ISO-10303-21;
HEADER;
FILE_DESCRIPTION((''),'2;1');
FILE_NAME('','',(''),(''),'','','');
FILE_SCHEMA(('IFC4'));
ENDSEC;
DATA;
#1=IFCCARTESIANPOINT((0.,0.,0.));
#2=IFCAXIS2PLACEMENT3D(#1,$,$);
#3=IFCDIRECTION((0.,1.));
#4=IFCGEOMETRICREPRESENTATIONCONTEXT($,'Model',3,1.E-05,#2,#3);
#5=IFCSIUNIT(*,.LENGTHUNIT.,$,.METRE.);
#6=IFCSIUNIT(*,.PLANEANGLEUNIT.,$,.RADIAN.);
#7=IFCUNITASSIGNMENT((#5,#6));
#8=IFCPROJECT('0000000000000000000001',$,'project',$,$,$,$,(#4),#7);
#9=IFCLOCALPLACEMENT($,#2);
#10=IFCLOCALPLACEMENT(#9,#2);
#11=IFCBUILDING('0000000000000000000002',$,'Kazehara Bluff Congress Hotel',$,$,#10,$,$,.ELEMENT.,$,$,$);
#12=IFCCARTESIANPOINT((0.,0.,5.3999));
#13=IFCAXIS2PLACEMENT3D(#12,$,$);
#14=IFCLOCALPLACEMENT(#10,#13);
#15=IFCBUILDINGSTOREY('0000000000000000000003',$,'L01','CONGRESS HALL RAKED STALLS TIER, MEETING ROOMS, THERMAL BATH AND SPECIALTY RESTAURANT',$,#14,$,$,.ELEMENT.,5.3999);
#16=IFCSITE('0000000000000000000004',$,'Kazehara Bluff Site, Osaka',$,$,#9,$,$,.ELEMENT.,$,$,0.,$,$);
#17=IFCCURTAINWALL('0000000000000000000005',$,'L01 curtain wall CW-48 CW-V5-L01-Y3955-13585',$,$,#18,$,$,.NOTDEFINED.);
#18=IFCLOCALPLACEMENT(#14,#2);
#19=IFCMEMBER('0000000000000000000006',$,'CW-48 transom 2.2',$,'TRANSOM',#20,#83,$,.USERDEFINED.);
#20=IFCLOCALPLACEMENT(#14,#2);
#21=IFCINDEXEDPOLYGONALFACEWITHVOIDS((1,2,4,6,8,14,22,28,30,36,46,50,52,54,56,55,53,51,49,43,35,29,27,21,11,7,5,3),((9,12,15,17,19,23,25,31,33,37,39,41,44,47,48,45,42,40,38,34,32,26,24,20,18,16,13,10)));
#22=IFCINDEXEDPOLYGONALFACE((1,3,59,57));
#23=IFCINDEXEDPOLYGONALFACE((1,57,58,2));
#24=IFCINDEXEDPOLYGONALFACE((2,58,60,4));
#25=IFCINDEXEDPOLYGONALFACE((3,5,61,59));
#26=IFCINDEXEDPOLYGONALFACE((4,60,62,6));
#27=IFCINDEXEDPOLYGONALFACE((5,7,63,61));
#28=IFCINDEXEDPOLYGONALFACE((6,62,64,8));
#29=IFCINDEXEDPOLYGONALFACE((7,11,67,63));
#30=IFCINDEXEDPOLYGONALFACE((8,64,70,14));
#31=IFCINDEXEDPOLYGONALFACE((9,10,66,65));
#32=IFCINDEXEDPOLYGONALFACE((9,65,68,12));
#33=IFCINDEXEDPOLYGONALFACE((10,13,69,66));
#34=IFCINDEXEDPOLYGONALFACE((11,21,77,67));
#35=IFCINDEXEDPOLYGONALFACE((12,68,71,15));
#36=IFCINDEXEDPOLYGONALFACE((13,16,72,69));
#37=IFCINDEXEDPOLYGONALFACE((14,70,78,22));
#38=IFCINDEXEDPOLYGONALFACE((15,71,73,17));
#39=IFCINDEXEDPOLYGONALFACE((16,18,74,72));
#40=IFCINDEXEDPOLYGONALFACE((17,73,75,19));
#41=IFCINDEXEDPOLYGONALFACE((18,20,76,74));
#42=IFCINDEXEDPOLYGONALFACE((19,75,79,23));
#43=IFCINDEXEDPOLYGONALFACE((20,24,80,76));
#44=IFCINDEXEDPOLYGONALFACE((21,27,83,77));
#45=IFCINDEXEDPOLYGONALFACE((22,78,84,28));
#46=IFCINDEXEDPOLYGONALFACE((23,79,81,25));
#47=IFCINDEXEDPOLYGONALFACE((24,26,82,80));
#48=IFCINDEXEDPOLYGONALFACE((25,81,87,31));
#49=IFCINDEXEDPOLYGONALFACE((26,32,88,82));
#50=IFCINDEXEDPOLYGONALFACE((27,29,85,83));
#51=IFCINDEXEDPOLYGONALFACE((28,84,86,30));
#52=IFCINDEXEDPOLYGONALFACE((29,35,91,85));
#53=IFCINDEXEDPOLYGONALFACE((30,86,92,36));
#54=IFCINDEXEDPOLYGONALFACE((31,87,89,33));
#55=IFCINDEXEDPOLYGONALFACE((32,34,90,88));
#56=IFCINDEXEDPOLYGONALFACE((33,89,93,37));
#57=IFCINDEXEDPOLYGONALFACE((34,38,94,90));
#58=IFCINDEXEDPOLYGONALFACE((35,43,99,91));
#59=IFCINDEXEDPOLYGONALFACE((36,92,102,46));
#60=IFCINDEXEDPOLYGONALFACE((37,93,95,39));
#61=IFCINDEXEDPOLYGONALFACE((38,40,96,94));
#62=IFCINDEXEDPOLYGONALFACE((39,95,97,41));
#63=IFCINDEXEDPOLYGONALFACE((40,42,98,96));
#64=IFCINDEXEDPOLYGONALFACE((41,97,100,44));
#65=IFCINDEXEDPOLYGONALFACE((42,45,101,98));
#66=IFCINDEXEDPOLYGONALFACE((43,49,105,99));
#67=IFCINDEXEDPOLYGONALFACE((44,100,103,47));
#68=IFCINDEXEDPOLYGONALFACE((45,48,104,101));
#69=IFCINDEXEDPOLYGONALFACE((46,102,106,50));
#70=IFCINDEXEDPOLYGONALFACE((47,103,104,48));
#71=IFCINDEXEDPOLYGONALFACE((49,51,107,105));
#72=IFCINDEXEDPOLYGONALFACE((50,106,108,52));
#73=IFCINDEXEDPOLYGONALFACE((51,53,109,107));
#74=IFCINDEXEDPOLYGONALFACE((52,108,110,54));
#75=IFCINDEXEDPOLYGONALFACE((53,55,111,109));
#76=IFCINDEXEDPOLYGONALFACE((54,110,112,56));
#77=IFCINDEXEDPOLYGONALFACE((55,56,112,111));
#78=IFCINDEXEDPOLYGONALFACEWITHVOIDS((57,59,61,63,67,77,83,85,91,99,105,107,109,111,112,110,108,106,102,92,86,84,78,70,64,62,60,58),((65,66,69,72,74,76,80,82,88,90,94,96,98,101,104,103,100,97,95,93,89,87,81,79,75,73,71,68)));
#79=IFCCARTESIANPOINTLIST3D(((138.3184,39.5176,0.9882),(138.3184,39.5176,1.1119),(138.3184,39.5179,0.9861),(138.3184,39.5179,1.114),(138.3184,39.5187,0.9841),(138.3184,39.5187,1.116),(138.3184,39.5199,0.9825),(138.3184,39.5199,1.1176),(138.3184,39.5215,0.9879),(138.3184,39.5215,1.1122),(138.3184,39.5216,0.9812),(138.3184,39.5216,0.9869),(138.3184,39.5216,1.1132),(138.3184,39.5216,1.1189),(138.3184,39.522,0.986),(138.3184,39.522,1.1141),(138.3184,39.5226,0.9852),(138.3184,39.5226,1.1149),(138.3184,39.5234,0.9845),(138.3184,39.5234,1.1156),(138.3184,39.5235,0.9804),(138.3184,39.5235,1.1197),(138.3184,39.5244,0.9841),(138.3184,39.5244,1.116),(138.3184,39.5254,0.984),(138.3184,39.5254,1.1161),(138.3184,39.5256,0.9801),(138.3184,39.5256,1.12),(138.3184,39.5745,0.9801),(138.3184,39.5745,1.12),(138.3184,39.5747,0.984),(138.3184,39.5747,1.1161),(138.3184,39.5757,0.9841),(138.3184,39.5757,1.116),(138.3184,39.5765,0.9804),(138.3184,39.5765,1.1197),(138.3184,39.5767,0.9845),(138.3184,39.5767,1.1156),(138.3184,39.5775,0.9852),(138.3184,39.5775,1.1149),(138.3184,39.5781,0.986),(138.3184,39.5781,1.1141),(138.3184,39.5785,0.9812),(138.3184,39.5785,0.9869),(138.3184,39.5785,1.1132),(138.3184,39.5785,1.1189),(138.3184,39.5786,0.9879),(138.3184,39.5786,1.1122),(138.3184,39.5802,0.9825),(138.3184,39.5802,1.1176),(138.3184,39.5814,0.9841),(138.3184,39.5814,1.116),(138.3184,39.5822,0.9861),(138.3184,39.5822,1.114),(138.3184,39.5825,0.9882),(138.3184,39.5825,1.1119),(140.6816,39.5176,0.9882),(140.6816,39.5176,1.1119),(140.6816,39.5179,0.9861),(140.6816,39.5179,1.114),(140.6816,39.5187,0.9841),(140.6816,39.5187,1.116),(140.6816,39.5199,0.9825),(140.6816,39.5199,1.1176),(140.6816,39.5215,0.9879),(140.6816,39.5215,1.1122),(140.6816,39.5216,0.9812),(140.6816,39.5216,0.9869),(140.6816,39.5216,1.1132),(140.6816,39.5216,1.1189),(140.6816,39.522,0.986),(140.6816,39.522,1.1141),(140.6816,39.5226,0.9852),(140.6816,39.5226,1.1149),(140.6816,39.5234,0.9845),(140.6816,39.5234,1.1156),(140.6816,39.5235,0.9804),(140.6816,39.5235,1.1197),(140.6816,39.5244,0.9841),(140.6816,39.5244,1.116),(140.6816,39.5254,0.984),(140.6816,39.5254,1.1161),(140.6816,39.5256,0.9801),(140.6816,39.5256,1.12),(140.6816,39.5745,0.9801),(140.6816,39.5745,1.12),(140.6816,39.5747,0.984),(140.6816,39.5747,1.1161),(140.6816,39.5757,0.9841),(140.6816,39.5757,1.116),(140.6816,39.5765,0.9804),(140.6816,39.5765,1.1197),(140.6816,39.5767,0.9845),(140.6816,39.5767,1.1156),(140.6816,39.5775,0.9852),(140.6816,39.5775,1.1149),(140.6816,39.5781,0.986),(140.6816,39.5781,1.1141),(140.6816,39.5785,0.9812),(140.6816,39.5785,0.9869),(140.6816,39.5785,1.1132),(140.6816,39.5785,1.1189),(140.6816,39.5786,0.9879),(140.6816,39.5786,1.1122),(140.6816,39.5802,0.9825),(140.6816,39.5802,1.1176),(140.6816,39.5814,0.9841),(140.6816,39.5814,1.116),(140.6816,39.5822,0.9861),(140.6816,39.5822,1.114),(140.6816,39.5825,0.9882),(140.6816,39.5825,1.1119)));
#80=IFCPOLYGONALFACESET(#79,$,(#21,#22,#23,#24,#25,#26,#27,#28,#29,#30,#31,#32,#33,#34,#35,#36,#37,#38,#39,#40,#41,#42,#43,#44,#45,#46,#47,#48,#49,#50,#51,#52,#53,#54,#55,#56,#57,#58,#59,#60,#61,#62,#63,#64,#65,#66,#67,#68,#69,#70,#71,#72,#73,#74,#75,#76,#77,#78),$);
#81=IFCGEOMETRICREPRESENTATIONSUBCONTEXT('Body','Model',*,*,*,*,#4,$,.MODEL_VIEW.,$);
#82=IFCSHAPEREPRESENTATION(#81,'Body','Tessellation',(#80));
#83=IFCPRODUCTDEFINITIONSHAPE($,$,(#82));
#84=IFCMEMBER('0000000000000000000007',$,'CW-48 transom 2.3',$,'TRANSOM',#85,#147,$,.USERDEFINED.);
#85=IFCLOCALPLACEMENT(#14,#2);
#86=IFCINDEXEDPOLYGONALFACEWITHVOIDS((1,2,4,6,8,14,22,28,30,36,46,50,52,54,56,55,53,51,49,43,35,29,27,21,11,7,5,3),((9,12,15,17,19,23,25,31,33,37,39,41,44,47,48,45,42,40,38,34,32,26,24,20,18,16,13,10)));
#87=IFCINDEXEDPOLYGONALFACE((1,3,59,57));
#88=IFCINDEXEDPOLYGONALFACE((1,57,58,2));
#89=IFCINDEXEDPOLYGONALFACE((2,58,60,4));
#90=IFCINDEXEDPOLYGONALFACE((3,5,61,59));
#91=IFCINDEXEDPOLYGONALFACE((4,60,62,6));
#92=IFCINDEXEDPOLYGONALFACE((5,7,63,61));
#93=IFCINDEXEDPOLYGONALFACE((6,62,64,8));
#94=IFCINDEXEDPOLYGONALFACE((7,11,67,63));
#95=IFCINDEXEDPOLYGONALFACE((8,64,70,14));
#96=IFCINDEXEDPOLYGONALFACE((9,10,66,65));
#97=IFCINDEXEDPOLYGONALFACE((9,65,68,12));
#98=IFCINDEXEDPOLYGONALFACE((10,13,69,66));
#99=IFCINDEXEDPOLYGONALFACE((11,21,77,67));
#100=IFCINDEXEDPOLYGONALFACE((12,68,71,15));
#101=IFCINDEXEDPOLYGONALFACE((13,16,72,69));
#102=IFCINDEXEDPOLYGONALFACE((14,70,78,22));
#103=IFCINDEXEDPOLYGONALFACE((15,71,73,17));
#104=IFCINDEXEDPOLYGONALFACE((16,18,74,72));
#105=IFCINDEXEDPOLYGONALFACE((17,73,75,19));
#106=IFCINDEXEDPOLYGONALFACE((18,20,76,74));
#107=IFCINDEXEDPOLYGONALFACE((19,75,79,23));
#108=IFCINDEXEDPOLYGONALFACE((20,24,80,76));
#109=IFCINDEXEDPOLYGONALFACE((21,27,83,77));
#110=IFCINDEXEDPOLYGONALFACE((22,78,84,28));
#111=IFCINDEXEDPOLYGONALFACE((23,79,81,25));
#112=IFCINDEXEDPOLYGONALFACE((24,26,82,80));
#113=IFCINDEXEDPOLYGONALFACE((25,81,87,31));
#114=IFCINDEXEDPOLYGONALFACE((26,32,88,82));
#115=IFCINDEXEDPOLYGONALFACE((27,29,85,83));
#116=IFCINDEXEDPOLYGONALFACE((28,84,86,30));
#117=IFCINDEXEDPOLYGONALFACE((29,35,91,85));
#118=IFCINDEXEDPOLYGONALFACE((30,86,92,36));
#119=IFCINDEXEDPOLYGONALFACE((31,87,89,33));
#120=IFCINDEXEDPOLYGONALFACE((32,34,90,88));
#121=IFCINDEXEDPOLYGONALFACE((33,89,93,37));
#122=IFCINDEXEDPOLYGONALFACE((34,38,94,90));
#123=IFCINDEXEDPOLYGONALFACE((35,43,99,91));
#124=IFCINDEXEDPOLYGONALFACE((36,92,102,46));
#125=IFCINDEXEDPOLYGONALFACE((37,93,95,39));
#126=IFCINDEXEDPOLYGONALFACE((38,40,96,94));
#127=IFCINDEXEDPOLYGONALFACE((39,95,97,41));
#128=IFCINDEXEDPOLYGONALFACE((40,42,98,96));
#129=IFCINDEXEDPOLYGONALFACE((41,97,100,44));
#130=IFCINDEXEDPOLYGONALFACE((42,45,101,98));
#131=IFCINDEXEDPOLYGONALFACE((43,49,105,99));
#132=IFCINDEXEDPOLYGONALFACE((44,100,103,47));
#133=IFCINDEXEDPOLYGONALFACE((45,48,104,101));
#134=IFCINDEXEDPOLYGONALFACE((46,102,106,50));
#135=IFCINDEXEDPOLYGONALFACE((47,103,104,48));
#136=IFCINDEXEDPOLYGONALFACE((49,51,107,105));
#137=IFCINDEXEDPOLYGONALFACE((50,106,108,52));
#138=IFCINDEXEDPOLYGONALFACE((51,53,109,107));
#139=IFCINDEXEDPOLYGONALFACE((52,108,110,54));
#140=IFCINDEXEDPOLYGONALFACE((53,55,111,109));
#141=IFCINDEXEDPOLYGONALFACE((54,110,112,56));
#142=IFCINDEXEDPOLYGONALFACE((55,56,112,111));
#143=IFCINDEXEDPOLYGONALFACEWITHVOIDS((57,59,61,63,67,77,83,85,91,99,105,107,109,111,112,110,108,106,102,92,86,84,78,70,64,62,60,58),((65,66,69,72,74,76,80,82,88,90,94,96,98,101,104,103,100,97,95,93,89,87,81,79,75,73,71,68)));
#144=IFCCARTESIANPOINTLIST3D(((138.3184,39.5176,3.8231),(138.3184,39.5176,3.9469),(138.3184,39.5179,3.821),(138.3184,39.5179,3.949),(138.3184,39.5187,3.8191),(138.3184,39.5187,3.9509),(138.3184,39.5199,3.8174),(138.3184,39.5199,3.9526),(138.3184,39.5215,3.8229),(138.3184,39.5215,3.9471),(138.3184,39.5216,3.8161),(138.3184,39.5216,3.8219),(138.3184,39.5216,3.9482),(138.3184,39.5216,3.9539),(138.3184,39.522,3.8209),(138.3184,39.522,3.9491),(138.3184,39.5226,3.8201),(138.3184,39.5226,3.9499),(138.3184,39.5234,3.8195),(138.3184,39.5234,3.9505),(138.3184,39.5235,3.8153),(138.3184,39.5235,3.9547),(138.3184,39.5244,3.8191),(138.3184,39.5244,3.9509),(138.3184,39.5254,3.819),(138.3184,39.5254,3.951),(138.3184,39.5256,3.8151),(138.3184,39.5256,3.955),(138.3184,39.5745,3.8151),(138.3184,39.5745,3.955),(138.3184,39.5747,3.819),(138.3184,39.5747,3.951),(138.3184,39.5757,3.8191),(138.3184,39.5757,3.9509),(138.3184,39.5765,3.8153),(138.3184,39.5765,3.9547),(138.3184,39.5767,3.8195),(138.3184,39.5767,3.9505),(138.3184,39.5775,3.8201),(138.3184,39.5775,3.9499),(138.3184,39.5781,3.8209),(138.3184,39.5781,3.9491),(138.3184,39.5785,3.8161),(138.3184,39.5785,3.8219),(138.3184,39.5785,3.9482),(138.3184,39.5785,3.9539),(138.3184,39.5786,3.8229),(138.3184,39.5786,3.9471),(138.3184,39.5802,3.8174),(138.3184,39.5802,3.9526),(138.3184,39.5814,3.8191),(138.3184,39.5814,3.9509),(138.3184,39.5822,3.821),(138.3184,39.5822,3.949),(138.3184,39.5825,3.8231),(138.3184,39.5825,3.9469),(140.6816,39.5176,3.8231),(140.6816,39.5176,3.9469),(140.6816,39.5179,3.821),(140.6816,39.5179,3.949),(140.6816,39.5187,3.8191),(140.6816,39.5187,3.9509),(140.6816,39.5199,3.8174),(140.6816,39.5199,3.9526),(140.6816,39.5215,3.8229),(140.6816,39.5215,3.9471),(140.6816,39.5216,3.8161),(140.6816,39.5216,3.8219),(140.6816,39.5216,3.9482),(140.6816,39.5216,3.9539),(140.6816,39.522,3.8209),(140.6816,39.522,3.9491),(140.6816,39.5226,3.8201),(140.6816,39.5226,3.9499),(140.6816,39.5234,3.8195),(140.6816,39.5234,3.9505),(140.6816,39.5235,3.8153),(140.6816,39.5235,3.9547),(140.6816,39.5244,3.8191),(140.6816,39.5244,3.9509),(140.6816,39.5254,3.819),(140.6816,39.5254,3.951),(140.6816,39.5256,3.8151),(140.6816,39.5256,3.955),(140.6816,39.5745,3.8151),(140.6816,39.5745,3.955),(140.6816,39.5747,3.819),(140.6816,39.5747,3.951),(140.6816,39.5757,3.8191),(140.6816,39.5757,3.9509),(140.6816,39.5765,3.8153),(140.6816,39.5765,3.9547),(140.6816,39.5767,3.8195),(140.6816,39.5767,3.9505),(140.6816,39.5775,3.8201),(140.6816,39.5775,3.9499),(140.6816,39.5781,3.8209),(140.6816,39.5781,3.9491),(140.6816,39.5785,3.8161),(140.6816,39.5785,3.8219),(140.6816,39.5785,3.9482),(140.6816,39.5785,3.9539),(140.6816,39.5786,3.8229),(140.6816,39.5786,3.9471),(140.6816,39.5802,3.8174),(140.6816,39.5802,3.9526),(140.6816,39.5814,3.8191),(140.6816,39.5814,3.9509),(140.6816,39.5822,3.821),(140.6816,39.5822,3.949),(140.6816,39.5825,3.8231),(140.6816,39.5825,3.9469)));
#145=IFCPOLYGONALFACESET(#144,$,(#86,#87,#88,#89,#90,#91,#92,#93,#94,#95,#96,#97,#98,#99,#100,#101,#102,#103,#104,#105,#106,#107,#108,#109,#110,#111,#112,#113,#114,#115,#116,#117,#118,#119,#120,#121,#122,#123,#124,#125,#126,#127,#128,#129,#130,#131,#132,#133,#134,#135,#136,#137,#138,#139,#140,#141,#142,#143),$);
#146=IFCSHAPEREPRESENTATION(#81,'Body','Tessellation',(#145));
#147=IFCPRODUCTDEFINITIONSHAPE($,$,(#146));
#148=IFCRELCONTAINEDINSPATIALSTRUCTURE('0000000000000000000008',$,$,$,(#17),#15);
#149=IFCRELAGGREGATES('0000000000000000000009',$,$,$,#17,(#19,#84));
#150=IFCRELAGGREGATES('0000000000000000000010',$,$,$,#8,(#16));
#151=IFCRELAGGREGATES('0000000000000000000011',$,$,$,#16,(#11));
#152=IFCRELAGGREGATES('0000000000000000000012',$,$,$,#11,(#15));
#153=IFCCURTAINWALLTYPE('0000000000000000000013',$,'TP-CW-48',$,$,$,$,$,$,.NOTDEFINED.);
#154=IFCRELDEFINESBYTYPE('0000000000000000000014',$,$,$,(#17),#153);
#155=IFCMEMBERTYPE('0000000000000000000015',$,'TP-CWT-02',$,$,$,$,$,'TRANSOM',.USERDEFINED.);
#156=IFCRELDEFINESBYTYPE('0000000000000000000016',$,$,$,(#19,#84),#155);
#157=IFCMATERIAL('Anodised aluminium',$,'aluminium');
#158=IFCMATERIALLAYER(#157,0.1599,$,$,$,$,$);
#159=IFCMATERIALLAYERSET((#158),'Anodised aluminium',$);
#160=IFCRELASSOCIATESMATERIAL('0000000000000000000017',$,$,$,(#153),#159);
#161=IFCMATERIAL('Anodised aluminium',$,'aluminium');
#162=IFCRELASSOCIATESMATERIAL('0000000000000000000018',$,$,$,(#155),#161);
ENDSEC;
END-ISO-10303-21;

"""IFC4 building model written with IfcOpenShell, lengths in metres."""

from ifc_helpers import new_model, si_unit, direction, frame, origin, origin_2d, place, context, subcontext, project, spatial, hollow_rectangle, extrude, material, layer, layer_set, material_profile, profile_set, type_object, element, aggregate, save


model = new_model("IFC4")

# Units and contexts
model_context = context("Model", 3, precision=1e-05, world=origin(), true_north=direction((0.0, 1.0)))
body_context = subcontext(model_context, "Body", "Model", "MODEL_VIEW")
ifc_project = project(units=[si_unit("LENGTHUNIT", "METRE"), si_unit("PLANEANGLEUNIT", "RADIAN")], contexts=[model_context])

# Site, building, storey
site_placement = place(None, origin())
site = spatial("IfcSite", under=ifc_project, at=site_placement, Name="Kazehara Bluff Site, Osaka", CompositionType="ELEMENT", RefElevation=0.0)
building_placement = place(site_placement, origin())
building = spatial("IfcBuilding", under=site, at=building_placement, Name="Kazehara Bluff Congress Hotel", CompositionType="ELEMENT")
storey_placement = place(building_placement, frame((0.0, 0.0, 5.3999)))
storey = spatial("IfcBuildingStorey", under=building, at=storey_placement, Name="L01", Description="CONGRESS HALL RAKED STALLS TIER, MEETING ROOMS, THERMAL BATH AND SPECIALTY RESTAURANT", CompositionType="ELEMENT", Elevation=5.3999)

# Shared definitions
ifc_material_1 = material(Name="Anodised aluminium", Category="aluminium")
ifc_layer_1 = layer(ifc_material_1, 0.1599)
ifc_layer_set_1 = layer_set([ifc_layer_1], Name="Anodised aluminium")
curtain_wall_type = type_object("IfcCurtainWallType", Name="TP-CW-48", PredefinedType="NOTDEFINED", material=ifc_layer_set_1)

# Curtain wall
curtain_wall_1_placement = place(storey_placement, origin())
curtain_wall_1 = element("IfcCurtainWall", 1, at=curtain_wall_1_placement, inside=storey, type_object=curtain_wall_type, Name="L01 curtain wall CW-48 CW-V5-L01-Y3955-13585", PredefinedType="NOTDEFINED")

# Members
ifc_material_2 = material(Name="Anodised aluminium", Category="aluminium")
ifc_material_profile_1 = material_profile(ifc_material_2, hollow_rectangle(XDim=0.0649, YDim=0.1399, WallThickness=0.0039, InnerFilletRadius=0.0039, OuterFilletRadius=0.0081, at=origin_2d()))
ifc_profile_set_1 = profile_set([ifc_material_profile_1], Name="Anodised aluminium")
member_type_1 = type_object("IfcMemberType", Name="TP-CWT-02", ElementType="TRANSOM", PredefinedType="USERDEFINED", material=ifc_profile_set_1)
member_1_placement = place(storey_placement, frame((138.3184, 39.55, 1.05), z_axis=(1.0, 0.0, 0.0), x_axis=(0.0, 1.0, 0.0)))
member_1 = element("IfcMember", 2, at=member_1_placement, type_object=member_type_1, Name="CW-48 transom 2.2", ObjectType="TRANSOM", PredefinedType="USERDEFINED", context=body_context, shape_type="SweptSolid", body=[
    extrude(hollow_rectangle(XDim=0.0649, YDim=0.1399, WallThickness=0.0039, InnerFilletRadius=0.0039, OuterFilletRadius=0.0081, at=origin_2d()), origin(), (0.0, 0.0, 1.0), 2.3633),
])
member_2_placement = place(storey_placement, frame((138.3184, 39.55, 3.885), z_axis=(1.0, 0.0, 0.0), x_axis=(0.0, 1.0, 0.0)))
member_2 = element("IfcMember", 3, at=member_2_placement, type_object=member_type_1, Name="CW-48 transom 2.3", ObjectType="TRANSOM", PredefinedType="USERDEFINED", context=body_context, shape_type="SweptSolid", body=[
    extrude(hollow_rectangle(XDim=0.0649, YDim=0.1399, WallThickness=0.0039, InnerFilletRadius=0.0039, OuterFilletRadius=0.0081, at=origin_2d()), origin(), (0.0, 0.0, 1.0), 2.3633),
])

aggregate(curtain_wall_1, [member_1, member_2])

save(model, "model.ifc")
